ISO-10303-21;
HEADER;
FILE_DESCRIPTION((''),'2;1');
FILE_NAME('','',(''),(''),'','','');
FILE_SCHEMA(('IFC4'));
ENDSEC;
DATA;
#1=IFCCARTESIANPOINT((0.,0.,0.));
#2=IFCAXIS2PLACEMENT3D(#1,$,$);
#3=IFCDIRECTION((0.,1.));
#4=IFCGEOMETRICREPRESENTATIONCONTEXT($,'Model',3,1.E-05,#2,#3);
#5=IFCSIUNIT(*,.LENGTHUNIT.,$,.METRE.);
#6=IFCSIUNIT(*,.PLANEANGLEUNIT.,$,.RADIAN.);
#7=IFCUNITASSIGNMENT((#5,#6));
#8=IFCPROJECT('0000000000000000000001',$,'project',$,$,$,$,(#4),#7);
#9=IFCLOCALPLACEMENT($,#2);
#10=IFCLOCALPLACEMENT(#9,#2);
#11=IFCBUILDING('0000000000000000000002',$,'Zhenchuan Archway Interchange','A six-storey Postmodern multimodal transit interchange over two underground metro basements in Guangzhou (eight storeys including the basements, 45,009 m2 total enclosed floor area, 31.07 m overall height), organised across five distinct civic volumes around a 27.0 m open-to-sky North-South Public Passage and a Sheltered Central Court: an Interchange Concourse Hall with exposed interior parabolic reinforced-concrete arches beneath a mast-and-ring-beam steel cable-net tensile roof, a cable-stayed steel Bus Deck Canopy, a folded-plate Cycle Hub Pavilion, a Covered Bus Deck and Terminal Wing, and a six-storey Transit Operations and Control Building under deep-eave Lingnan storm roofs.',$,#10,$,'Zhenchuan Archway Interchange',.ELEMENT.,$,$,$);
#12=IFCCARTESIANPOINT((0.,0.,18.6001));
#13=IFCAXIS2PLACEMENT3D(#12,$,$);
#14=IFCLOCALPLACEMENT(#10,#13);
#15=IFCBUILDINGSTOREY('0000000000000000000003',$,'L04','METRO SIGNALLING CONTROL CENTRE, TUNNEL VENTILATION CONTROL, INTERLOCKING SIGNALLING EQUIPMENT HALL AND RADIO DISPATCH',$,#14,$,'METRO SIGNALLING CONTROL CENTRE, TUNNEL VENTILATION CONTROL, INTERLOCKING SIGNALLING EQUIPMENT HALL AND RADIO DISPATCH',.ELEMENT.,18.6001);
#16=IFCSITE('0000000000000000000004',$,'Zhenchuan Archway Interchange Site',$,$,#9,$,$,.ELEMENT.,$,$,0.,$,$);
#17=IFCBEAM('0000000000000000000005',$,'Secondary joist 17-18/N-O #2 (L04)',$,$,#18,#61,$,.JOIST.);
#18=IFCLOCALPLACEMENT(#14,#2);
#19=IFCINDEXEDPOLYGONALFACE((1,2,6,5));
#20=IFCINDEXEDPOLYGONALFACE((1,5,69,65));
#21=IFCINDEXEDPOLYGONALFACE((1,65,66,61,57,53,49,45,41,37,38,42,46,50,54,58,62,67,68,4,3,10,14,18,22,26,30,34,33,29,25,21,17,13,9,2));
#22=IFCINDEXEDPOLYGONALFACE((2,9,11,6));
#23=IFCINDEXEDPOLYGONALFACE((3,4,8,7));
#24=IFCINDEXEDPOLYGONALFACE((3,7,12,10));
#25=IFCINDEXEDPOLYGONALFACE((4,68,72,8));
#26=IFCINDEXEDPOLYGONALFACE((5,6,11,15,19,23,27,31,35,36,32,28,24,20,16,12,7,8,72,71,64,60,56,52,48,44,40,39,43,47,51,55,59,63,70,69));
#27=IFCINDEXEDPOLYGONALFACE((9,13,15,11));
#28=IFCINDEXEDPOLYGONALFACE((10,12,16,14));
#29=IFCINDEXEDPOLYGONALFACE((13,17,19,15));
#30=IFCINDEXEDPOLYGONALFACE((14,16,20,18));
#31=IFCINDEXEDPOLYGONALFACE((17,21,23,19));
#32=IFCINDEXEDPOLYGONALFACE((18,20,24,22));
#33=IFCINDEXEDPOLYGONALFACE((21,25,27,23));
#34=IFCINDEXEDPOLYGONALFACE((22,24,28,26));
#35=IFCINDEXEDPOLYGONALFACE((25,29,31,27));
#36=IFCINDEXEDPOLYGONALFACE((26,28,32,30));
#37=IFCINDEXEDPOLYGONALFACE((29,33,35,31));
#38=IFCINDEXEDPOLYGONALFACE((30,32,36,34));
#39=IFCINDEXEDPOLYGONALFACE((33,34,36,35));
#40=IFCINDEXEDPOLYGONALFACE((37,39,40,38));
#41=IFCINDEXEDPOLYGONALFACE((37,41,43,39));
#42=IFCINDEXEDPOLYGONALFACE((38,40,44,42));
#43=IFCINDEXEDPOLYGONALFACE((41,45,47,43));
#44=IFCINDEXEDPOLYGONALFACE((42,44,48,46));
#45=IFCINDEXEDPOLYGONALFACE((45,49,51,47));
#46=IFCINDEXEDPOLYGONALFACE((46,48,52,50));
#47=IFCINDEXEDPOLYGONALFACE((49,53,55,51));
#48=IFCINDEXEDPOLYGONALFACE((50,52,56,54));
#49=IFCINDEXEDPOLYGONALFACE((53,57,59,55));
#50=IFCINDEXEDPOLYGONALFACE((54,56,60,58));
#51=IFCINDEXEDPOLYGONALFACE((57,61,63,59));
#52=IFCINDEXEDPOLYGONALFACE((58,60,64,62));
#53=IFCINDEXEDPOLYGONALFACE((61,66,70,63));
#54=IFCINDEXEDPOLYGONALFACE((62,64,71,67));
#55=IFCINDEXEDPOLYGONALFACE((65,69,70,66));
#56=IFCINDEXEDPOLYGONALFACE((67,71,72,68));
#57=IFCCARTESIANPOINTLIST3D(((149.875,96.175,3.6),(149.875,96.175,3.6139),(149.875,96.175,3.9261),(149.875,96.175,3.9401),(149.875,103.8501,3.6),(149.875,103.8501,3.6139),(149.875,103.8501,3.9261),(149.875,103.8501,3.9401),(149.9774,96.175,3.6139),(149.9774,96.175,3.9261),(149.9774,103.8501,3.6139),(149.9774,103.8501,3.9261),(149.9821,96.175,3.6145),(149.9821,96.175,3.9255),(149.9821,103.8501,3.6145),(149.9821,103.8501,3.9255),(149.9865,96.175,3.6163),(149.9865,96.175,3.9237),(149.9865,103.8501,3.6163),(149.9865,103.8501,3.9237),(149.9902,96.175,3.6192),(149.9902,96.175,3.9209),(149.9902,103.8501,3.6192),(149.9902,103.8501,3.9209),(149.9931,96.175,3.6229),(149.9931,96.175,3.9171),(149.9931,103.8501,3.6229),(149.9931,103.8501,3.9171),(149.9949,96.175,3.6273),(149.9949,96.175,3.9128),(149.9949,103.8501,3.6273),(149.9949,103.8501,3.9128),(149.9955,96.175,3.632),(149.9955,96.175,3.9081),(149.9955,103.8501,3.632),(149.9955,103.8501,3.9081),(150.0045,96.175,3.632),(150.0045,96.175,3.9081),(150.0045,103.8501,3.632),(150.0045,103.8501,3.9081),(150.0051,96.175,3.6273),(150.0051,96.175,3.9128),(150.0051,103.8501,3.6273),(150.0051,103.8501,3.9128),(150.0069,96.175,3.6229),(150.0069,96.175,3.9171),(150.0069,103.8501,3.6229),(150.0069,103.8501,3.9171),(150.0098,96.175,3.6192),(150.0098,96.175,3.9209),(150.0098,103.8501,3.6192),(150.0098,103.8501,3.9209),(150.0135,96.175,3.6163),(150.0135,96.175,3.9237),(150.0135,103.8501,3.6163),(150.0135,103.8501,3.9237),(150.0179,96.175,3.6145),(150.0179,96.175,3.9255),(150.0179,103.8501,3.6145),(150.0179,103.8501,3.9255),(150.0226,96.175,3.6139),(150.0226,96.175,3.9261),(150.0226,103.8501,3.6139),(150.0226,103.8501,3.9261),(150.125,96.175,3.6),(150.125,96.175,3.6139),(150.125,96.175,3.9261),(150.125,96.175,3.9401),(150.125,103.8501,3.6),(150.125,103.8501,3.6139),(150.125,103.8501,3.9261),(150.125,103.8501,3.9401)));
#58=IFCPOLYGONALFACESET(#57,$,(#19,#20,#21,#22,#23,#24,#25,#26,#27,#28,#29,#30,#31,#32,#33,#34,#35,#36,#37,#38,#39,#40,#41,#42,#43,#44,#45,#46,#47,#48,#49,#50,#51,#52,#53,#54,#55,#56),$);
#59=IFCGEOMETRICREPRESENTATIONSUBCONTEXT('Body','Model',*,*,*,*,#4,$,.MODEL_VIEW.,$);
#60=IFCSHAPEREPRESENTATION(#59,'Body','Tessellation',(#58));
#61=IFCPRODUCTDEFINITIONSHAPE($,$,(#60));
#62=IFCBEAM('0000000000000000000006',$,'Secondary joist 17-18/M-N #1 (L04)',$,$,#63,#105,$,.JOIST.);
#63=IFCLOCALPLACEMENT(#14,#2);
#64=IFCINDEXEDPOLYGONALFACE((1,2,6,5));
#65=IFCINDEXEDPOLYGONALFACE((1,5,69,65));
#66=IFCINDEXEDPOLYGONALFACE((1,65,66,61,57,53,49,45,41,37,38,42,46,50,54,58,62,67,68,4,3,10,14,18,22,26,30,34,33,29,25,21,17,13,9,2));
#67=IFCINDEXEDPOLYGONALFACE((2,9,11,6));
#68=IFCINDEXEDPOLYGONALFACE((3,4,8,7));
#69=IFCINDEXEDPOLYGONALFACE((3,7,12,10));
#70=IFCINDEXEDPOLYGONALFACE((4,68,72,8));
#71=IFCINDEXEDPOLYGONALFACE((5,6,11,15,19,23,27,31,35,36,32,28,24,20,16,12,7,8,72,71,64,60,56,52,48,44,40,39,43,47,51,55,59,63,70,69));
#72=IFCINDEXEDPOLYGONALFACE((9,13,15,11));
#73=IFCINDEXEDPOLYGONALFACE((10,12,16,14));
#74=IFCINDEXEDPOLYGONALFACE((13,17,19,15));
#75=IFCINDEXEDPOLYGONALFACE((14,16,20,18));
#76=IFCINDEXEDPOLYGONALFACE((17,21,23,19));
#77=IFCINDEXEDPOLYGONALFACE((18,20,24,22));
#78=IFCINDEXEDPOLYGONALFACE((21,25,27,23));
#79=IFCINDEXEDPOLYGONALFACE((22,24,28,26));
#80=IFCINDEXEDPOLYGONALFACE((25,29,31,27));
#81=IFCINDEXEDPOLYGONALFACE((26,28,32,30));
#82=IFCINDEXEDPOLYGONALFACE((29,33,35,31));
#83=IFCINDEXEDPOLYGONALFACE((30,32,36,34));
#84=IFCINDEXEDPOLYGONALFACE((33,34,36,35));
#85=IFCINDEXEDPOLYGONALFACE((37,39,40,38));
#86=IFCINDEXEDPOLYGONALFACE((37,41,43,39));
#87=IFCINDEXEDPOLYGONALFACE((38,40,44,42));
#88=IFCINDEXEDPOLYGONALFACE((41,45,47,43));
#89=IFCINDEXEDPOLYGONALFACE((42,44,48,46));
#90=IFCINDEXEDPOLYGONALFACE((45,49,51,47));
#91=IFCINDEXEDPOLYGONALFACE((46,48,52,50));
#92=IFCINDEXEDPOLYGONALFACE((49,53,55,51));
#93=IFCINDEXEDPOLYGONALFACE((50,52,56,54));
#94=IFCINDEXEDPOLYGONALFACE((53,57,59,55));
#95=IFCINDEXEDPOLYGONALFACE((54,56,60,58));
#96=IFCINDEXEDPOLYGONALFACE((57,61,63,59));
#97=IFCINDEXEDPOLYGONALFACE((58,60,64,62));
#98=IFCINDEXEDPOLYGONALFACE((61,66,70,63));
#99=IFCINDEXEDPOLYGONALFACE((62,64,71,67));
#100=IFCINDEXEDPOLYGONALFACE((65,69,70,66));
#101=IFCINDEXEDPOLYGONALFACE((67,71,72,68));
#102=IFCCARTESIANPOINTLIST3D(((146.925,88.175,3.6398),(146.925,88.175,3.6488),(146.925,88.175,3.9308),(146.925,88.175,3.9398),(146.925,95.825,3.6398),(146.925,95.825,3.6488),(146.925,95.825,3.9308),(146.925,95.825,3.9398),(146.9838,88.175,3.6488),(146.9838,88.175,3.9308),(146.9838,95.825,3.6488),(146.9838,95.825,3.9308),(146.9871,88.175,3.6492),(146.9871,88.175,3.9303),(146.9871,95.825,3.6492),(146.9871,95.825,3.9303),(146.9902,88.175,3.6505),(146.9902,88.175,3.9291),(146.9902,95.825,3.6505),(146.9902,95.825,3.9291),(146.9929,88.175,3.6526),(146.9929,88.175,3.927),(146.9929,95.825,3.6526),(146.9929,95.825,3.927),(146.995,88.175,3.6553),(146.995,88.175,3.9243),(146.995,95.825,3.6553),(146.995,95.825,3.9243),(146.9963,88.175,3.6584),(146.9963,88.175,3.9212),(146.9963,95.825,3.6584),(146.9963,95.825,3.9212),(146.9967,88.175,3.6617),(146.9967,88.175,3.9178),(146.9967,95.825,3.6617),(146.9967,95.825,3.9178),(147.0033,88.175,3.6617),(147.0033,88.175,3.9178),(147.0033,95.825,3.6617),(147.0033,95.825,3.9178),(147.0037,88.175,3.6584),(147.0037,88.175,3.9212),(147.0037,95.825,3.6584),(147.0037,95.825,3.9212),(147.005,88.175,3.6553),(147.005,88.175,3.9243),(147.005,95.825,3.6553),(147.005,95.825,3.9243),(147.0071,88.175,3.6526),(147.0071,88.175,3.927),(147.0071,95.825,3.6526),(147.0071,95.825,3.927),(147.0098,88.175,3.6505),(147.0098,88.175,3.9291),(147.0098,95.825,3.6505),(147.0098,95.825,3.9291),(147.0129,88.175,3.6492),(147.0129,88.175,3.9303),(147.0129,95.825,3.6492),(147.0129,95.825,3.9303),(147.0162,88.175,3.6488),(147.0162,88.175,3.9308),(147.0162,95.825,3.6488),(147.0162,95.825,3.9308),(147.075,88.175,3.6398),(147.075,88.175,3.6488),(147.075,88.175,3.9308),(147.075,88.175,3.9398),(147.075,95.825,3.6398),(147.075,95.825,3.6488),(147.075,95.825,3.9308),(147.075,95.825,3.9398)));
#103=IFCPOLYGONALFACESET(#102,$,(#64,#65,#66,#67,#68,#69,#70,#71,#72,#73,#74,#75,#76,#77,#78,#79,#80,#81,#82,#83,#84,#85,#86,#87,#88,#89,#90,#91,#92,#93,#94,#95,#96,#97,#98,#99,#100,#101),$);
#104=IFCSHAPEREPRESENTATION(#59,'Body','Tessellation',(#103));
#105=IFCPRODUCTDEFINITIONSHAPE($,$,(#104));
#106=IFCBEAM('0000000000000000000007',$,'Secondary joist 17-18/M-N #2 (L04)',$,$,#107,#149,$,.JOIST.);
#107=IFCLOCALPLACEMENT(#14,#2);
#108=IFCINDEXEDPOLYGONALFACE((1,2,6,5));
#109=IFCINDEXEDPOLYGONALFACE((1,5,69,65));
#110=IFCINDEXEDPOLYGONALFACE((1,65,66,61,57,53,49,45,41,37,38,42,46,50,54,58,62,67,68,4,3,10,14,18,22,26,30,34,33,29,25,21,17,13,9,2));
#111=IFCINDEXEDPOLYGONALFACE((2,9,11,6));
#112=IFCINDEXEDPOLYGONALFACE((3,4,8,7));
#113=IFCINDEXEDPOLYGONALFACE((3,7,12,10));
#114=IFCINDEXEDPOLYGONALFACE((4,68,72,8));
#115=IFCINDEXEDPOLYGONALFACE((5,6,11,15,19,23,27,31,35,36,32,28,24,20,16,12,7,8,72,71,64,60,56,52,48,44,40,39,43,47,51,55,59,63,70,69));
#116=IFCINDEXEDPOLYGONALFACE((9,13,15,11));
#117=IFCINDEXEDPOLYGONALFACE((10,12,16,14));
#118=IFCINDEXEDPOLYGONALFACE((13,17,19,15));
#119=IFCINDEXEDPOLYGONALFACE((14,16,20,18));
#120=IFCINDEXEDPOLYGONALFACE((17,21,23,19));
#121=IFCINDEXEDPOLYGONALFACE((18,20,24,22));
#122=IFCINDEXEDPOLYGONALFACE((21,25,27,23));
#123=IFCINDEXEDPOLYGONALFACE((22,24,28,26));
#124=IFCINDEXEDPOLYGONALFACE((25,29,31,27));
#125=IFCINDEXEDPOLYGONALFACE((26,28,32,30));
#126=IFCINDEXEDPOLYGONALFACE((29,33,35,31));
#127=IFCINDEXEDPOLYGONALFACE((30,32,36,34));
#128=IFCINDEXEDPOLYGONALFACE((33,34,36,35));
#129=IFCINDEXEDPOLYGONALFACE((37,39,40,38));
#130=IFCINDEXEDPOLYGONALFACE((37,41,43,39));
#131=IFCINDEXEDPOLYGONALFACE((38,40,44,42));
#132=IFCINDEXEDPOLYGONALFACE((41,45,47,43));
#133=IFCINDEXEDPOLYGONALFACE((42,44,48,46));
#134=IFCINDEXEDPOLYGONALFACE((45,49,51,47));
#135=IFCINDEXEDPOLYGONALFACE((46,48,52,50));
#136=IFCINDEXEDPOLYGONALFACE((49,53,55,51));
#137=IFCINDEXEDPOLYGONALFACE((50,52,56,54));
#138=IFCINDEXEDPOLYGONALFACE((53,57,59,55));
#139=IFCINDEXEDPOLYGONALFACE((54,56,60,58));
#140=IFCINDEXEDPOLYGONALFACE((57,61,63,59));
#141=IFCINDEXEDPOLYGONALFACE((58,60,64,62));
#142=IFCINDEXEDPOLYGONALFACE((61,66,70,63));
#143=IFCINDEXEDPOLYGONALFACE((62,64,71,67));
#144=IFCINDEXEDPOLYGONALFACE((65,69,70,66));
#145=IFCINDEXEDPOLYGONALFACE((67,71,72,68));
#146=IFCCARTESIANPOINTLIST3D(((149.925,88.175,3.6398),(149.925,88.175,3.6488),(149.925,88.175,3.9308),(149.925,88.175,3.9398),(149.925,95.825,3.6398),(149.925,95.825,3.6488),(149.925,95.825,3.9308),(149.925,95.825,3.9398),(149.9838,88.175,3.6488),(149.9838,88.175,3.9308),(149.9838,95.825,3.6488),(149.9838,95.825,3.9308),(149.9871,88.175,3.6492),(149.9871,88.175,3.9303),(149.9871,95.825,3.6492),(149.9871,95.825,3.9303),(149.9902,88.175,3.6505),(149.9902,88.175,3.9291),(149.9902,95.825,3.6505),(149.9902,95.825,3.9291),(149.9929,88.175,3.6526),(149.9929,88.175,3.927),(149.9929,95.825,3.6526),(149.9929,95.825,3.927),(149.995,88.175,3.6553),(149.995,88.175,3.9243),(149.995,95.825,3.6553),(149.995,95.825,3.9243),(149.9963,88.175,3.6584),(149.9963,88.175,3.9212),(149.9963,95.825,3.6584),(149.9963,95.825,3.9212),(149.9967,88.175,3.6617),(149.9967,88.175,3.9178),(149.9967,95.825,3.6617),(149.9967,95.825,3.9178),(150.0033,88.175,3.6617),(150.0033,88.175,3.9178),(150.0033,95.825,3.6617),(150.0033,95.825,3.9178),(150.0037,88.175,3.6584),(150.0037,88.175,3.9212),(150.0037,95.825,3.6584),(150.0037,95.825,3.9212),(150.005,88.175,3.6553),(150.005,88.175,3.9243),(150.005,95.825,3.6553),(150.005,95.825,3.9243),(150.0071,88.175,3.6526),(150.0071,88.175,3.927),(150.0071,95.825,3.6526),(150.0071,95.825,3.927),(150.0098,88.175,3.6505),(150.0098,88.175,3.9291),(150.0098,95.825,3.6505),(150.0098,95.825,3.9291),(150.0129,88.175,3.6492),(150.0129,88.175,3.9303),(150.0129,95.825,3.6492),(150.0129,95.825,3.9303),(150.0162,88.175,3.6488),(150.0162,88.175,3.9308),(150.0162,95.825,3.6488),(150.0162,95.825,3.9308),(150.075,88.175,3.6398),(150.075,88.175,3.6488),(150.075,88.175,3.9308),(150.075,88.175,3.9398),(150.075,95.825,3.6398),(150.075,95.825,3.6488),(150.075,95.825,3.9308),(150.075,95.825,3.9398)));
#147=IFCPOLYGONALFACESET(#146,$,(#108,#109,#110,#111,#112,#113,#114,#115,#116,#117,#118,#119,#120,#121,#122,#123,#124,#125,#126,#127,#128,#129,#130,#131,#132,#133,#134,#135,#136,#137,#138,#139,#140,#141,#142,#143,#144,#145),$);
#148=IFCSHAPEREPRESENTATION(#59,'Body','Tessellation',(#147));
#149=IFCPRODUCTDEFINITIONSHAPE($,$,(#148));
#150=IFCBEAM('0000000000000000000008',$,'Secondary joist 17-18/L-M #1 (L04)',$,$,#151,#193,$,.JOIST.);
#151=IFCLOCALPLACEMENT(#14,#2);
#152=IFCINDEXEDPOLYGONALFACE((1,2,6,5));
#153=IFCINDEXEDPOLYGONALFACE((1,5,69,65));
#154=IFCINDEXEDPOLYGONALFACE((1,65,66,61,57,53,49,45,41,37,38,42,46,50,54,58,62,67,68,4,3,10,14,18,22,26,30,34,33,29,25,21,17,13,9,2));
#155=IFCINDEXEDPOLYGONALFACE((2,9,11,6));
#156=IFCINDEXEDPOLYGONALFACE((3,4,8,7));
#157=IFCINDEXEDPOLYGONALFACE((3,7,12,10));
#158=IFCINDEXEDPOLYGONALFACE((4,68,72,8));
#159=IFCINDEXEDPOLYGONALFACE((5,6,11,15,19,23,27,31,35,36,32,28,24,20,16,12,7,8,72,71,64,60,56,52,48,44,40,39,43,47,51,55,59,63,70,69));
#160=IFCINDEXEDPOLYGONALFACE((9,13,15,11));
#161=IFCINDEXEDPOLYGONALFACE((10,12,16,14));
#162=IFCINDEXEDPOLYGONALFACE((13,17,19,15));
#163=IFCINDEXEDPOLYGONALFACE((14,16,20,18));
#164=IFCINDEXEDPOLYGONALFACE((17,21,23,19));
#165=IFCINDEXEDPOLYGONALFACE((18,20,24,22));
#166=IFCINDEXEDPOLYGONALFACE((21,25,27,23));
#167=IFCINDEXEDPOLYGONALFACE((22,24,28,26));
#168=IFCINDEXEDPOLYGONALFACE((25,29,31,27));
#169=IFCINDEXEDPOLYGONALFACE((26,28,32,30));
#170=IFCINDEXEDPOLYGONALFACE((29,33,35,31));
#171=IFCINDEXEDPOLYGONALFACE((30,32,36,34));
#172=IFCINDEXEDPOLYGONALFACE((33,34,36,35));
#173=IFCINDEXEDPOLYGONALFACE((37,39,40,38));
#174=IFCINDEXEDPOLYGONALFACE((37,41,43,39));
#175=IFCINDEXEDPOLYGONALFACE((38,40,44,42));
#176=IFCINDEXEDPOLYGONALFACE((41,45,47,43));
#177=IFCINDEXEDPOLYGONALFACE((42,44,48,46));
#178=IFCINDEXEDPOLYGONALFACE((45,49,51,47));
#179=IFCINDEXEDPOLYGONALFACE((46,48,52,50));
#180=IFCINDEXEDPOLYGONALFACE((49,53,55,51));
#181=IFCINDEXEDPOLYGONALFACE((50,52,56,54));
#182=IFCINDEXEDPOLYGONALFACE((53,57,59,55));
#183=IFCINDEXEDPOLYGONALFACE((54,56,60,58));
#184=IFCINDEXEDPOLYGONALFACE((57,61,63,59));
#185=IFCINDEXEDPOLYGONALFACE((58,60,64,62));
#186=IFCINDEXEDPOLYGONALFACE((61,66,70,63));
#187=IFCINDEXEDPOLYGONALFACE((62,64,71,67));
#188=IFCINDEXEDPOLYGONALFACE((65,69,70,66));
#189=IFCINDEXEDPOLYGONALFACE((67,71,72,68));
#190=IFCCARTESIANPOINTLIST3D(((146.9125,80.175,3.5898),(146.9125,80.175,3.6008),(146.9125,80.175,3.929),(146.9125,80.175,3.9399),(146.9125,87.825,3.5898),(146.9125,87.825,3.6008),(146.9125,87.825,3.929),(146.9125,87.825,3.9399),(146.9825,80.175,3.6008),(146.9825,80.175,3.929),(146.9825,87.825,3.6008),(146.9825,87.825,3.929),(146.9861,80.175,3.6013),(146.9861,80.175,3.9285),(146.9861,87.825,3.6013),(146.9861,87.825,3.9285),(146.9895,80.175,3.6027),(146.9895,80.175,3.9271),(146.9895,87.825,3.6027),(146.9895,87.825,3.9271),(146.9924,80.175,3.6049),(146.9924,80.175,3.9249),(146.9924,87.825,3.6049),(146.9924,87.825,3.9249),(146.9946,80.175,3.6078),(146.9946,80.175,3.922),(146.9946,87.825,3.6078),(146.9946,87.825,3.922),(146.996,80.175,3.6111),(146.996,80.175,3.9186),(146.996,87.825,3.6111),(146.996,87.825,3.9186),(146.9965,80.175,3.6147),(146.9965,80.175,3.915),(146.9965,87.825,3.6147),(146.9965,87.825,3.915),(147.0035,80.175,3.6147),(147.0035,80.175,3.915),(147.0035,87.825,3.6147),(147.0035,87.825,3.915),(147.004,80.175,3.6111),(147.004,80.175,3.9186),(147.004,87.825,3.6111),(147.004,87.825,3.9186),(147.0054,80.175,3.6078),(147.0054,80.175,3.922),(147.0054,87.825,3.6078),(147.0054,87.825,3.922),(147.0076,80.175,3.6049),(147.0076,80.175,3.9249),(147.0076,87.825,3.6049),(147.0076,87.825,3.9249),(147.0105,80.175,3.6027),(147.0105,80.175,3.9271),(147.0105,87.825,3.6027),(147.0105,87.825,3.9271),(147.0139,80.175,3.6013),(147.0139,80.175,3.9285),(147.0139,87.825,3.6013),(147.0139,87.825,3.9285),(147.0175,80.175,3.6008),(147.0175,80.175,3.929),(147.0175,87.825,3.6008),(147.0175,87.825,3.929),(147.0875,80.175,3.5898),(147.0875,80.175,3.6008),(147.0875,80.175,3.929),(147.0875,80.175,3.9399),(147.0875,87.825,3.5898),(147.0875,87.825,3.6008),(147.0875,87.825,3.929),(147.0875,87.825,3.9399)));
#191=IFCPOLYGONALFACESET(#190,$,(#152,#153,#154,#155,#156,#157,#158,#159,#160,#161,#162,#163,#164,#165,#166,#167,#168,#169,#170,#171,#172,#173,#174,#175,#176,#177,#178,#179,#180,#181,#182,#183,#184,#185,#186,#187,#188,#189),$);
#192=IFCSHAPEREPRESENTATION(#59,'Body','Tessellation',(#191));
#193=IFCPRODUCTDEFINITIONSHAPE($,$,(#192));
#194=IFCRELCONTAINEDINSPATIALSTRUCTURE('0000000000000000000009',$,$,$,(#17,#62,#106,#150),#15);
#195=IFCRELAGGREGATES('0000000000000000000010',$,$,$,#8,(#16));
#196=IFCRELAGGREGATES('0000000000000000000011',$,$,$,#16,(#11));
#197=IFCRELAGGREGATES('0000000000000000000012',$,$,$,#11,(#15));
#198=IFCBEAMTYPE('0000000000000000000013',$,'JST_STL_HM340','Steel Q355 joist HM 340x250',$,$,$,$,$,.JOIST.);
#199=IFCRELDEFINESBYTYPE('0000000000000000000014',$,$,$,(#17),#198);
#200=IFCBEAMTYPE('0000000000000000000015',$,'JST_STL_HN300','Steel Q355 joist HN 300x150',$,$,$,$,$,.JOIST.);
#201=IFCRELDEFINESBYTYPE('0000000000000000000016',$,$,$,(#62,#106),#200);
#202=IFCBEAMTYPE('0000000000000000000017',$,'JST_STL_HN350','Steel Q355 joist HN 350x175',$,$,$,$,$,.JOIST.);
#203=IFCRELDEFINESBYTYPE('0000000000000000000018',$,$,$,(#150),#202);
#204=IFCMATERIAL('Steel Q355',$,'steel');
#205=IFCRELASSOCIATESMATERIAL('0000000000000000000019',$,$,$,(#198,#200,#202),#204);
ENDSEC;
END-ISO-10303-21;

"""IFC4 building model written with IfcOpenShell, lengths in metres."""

from ifc_helpers import new_model, si_unit, direction, frame, origin, origin_2d, place, context, subcontext, project, spatial, i_section, extrude, material, material_profile, profile_set, type_object, element, save


model = new_model("IFC4")

# Units and contexts
model_context = context("Model", 3, precision=1e-05, world=origin(), true_north=direction((0.0, 1.0)))
body_context = subcontext(model_context, "Body", "Model", "MODEL_VIEW")
ifc_project = project(units=[si_unit("LENGTHUNIT", "METRE"), si_unit("PLANEANGLEUNIT", "RADIAN")], contexts=[model_context])

# Site, building, storey
site_placement = place(None, origin())
site = spatial("IfcSite", under=ifc_project, at=site_placement, Name="Zhenchuan Archway Interchange Site", CompositionType="ELEMENT", RefElevation=0.0)
building_placement = place(site_placement, origin())
building = spatial("IfcBuilding", under=site, at=building_placement, Name="Zhenchuan Archway Interchange", Description="A six-storey Postmodern multimodal transit interchange over two underground metro basements in Guangzhou (eight storeys including the basements, 45,009 m2 total enclosed floor area, 31.07 m overall height), organised across five distinct civic volumes around a 27.0 m open-to-sky North-South Public Passage and a Sheltered Central Court: an Interchange Concourse Hall with exposed interior parabolic reinforced-concrete arches beneath a mast-and-ring-beam steel cable-net tensile roof, a cable-stayed steel Bus Deck Canopy, a folded-plate Cycle Hub Pavilion, a Covered Bus Deck and Terminal Wing, and a six-storey Transit Operations and Control Building under deep-eave Lingnan storm roofs.", LongName="Zhenchuan Archway Interchange", CompositionType="ELEMENT")
storey_placement = place(building_placement, frame((0.0, 0.0, 18.6001)))
storey = spatial("IfcBuildingStorey", under=building, at=storey_placement, Name="L04", Description="METRO SIGNALLING CONTROL CENTRE, TUNNEL VENTILATION CONTROL, INTERLOCKING SIGNALLING EQUIPMENT HALL AND RADIO DISPATCH", LongName="METRO SIGNALLING CONTROL CENTRE, TUNNEL VENTILATION CONTROL, INTERLOCKING SIGNALLING EQUIPMENT HALL AND RADIO DISPATCH", CompositionType="ELEMENT", Elevation=18.6001)

# Beams
ifc_material_1 = material(Name="Steel Q355", Category="steel")
ifc_material_profile_1 = material_profile(ifc_material_1, i_section(OverallWidth=0.25, OverallDepth=0.3401, WebThickness=0.009, FlangeThickness=0.0139, FilletRadius=0.0181, at=origin_2d()), Name="HM 340x250")
ifc_profile_set_1 = profile_set([ifc_material_profile_1], Name="Steel Q355")
beam_type_1 = type_object("IfcBeamType", Name="JST_STL_HM340", Description="Steel Q355 joist HM 340x250", PredefinedType="JOIST", material=ifc_profile_set_1)
for number, where, z_axis, x_axis, name in (
    (1, (150.0, 96.175, 3.77), (0.0, 1.0, 0.0), (-1.0, 0.0, 0.0), "Secondary joist 17-18/N-O #2 (L04)"),
):
    element("IfcBeam", number, at=place(storey_placement, frame(where, z_axis=z_axis, x_axis=x_axis)), inside=storey, type_object=beam_type_1, Name=name, PredefinedType="JOIST", context=body_context, shape_type="SweptSolid", body=[
        extrude(i_section(OverallWidth=0.25, OverallDepth=0.3401, WebThickness=0.009, FlangeThickness=0.0139, FilletRadius=0.0181, at=origin_2d()), origin(), (0.0, 0.0, 1.0), 7.675),
    ])
ifc_material_profile_2 = material_profile(ifc_material_1, i_section(OverallWidth=0.1499, OverallDepth=0.3, WebThickness=0.0066, FlangeThickness=0.009, FilletRadius=0.0129, at=origin_2d()), Name="HN 300x150")
ifc_profile_set_2 = profile_set([ifc_material_profile_2], Name="Steel Q355")
beam_type_2 = type_object("IfcBeamType", Name="JST_STL_HN300", Description="Steel Q355 joist HN 300x150", PredefinedType="JOIST", material=ifc_profile_set_2)
for number, where, z_axis, x_axis, name in (
    (2, (147.0, 88.175, 3.7898), (0.0, 1.0, 0.0), (-1.0, 0.0, 0.0), "Secondary joist 17-18/M-N #1 (L04)"),
    (3, (150.0, 88.175, 3.7898), (0.0, 1.0, 0.0), (-1.0, 0.0, 0.0), "Secondary joist 17-18/M-N #2 (L04)"),
):
    element("IfcBeam", number, at=place(storey_placement, frame(where, z_axis=z_axis, x_axis=x_axis)), inside=storey, type_object=beam_type_2, Name=name, PredefinedType="JOIST", context=body_context, shape_type="SweptSolid", body=[
        extrude(i_section(OverallWidth=0.1499, OverallDepth=0.3, WebThickness=0.0066, FlangeThickness=0.009, FilletRadius=0.0129, at=origin_2d()), origin(), (0.0, 0.0, 1.0), 7.6499),
    ])
ifc_material_profile_3 = material_profile(ifc_material_1, i_section(OverallWidth=0.175, OverallDepth=0.3501, WebThickness=0.0071, FlangeThickness=0.011, FilletRadius=0.0139, at=origin_2d()), Name="HN 350x175")
ifc_profile_set_3 = profile_set([ifc_material_profile_3], Name="Steel Q355")
beam_type_3 = type_object("IfcBeamType", Name="JST_STL_HN350", Description="Steel Q355 joist HN 350x175", PredefinedType="JOIST", material=ifc_profile_set_3)
for number, where, z_axis, x_axis, name in (
    (4, (147.0, 80.175, 3.7649), (0.0, 1.0, 0.0), (-1.0, 0.0, 0.0), "Secondary joist 17-18/L-M #1 (L04)"),
):
    element("IfcBeam", number, at=place(storey_placement, frame(where, z_axis=z_axis, x_axis=x_axis)), inside=storey, type_object=beam_type_3, Name=name, PredefinedType="JOIST", context=body_context, shape_type="SweptSolid", body=[
        extrude(i_section(OverallWidth=0.175, OverallDepth=0.3501, WebThickness=0.0071, FlangeThickness=0.011, FilletRadius=0.0139, at=origin_2d()), origin(), (0.0, 0.0, 1.0), 7.6499),
    ])

save(model, "model.ifc")
